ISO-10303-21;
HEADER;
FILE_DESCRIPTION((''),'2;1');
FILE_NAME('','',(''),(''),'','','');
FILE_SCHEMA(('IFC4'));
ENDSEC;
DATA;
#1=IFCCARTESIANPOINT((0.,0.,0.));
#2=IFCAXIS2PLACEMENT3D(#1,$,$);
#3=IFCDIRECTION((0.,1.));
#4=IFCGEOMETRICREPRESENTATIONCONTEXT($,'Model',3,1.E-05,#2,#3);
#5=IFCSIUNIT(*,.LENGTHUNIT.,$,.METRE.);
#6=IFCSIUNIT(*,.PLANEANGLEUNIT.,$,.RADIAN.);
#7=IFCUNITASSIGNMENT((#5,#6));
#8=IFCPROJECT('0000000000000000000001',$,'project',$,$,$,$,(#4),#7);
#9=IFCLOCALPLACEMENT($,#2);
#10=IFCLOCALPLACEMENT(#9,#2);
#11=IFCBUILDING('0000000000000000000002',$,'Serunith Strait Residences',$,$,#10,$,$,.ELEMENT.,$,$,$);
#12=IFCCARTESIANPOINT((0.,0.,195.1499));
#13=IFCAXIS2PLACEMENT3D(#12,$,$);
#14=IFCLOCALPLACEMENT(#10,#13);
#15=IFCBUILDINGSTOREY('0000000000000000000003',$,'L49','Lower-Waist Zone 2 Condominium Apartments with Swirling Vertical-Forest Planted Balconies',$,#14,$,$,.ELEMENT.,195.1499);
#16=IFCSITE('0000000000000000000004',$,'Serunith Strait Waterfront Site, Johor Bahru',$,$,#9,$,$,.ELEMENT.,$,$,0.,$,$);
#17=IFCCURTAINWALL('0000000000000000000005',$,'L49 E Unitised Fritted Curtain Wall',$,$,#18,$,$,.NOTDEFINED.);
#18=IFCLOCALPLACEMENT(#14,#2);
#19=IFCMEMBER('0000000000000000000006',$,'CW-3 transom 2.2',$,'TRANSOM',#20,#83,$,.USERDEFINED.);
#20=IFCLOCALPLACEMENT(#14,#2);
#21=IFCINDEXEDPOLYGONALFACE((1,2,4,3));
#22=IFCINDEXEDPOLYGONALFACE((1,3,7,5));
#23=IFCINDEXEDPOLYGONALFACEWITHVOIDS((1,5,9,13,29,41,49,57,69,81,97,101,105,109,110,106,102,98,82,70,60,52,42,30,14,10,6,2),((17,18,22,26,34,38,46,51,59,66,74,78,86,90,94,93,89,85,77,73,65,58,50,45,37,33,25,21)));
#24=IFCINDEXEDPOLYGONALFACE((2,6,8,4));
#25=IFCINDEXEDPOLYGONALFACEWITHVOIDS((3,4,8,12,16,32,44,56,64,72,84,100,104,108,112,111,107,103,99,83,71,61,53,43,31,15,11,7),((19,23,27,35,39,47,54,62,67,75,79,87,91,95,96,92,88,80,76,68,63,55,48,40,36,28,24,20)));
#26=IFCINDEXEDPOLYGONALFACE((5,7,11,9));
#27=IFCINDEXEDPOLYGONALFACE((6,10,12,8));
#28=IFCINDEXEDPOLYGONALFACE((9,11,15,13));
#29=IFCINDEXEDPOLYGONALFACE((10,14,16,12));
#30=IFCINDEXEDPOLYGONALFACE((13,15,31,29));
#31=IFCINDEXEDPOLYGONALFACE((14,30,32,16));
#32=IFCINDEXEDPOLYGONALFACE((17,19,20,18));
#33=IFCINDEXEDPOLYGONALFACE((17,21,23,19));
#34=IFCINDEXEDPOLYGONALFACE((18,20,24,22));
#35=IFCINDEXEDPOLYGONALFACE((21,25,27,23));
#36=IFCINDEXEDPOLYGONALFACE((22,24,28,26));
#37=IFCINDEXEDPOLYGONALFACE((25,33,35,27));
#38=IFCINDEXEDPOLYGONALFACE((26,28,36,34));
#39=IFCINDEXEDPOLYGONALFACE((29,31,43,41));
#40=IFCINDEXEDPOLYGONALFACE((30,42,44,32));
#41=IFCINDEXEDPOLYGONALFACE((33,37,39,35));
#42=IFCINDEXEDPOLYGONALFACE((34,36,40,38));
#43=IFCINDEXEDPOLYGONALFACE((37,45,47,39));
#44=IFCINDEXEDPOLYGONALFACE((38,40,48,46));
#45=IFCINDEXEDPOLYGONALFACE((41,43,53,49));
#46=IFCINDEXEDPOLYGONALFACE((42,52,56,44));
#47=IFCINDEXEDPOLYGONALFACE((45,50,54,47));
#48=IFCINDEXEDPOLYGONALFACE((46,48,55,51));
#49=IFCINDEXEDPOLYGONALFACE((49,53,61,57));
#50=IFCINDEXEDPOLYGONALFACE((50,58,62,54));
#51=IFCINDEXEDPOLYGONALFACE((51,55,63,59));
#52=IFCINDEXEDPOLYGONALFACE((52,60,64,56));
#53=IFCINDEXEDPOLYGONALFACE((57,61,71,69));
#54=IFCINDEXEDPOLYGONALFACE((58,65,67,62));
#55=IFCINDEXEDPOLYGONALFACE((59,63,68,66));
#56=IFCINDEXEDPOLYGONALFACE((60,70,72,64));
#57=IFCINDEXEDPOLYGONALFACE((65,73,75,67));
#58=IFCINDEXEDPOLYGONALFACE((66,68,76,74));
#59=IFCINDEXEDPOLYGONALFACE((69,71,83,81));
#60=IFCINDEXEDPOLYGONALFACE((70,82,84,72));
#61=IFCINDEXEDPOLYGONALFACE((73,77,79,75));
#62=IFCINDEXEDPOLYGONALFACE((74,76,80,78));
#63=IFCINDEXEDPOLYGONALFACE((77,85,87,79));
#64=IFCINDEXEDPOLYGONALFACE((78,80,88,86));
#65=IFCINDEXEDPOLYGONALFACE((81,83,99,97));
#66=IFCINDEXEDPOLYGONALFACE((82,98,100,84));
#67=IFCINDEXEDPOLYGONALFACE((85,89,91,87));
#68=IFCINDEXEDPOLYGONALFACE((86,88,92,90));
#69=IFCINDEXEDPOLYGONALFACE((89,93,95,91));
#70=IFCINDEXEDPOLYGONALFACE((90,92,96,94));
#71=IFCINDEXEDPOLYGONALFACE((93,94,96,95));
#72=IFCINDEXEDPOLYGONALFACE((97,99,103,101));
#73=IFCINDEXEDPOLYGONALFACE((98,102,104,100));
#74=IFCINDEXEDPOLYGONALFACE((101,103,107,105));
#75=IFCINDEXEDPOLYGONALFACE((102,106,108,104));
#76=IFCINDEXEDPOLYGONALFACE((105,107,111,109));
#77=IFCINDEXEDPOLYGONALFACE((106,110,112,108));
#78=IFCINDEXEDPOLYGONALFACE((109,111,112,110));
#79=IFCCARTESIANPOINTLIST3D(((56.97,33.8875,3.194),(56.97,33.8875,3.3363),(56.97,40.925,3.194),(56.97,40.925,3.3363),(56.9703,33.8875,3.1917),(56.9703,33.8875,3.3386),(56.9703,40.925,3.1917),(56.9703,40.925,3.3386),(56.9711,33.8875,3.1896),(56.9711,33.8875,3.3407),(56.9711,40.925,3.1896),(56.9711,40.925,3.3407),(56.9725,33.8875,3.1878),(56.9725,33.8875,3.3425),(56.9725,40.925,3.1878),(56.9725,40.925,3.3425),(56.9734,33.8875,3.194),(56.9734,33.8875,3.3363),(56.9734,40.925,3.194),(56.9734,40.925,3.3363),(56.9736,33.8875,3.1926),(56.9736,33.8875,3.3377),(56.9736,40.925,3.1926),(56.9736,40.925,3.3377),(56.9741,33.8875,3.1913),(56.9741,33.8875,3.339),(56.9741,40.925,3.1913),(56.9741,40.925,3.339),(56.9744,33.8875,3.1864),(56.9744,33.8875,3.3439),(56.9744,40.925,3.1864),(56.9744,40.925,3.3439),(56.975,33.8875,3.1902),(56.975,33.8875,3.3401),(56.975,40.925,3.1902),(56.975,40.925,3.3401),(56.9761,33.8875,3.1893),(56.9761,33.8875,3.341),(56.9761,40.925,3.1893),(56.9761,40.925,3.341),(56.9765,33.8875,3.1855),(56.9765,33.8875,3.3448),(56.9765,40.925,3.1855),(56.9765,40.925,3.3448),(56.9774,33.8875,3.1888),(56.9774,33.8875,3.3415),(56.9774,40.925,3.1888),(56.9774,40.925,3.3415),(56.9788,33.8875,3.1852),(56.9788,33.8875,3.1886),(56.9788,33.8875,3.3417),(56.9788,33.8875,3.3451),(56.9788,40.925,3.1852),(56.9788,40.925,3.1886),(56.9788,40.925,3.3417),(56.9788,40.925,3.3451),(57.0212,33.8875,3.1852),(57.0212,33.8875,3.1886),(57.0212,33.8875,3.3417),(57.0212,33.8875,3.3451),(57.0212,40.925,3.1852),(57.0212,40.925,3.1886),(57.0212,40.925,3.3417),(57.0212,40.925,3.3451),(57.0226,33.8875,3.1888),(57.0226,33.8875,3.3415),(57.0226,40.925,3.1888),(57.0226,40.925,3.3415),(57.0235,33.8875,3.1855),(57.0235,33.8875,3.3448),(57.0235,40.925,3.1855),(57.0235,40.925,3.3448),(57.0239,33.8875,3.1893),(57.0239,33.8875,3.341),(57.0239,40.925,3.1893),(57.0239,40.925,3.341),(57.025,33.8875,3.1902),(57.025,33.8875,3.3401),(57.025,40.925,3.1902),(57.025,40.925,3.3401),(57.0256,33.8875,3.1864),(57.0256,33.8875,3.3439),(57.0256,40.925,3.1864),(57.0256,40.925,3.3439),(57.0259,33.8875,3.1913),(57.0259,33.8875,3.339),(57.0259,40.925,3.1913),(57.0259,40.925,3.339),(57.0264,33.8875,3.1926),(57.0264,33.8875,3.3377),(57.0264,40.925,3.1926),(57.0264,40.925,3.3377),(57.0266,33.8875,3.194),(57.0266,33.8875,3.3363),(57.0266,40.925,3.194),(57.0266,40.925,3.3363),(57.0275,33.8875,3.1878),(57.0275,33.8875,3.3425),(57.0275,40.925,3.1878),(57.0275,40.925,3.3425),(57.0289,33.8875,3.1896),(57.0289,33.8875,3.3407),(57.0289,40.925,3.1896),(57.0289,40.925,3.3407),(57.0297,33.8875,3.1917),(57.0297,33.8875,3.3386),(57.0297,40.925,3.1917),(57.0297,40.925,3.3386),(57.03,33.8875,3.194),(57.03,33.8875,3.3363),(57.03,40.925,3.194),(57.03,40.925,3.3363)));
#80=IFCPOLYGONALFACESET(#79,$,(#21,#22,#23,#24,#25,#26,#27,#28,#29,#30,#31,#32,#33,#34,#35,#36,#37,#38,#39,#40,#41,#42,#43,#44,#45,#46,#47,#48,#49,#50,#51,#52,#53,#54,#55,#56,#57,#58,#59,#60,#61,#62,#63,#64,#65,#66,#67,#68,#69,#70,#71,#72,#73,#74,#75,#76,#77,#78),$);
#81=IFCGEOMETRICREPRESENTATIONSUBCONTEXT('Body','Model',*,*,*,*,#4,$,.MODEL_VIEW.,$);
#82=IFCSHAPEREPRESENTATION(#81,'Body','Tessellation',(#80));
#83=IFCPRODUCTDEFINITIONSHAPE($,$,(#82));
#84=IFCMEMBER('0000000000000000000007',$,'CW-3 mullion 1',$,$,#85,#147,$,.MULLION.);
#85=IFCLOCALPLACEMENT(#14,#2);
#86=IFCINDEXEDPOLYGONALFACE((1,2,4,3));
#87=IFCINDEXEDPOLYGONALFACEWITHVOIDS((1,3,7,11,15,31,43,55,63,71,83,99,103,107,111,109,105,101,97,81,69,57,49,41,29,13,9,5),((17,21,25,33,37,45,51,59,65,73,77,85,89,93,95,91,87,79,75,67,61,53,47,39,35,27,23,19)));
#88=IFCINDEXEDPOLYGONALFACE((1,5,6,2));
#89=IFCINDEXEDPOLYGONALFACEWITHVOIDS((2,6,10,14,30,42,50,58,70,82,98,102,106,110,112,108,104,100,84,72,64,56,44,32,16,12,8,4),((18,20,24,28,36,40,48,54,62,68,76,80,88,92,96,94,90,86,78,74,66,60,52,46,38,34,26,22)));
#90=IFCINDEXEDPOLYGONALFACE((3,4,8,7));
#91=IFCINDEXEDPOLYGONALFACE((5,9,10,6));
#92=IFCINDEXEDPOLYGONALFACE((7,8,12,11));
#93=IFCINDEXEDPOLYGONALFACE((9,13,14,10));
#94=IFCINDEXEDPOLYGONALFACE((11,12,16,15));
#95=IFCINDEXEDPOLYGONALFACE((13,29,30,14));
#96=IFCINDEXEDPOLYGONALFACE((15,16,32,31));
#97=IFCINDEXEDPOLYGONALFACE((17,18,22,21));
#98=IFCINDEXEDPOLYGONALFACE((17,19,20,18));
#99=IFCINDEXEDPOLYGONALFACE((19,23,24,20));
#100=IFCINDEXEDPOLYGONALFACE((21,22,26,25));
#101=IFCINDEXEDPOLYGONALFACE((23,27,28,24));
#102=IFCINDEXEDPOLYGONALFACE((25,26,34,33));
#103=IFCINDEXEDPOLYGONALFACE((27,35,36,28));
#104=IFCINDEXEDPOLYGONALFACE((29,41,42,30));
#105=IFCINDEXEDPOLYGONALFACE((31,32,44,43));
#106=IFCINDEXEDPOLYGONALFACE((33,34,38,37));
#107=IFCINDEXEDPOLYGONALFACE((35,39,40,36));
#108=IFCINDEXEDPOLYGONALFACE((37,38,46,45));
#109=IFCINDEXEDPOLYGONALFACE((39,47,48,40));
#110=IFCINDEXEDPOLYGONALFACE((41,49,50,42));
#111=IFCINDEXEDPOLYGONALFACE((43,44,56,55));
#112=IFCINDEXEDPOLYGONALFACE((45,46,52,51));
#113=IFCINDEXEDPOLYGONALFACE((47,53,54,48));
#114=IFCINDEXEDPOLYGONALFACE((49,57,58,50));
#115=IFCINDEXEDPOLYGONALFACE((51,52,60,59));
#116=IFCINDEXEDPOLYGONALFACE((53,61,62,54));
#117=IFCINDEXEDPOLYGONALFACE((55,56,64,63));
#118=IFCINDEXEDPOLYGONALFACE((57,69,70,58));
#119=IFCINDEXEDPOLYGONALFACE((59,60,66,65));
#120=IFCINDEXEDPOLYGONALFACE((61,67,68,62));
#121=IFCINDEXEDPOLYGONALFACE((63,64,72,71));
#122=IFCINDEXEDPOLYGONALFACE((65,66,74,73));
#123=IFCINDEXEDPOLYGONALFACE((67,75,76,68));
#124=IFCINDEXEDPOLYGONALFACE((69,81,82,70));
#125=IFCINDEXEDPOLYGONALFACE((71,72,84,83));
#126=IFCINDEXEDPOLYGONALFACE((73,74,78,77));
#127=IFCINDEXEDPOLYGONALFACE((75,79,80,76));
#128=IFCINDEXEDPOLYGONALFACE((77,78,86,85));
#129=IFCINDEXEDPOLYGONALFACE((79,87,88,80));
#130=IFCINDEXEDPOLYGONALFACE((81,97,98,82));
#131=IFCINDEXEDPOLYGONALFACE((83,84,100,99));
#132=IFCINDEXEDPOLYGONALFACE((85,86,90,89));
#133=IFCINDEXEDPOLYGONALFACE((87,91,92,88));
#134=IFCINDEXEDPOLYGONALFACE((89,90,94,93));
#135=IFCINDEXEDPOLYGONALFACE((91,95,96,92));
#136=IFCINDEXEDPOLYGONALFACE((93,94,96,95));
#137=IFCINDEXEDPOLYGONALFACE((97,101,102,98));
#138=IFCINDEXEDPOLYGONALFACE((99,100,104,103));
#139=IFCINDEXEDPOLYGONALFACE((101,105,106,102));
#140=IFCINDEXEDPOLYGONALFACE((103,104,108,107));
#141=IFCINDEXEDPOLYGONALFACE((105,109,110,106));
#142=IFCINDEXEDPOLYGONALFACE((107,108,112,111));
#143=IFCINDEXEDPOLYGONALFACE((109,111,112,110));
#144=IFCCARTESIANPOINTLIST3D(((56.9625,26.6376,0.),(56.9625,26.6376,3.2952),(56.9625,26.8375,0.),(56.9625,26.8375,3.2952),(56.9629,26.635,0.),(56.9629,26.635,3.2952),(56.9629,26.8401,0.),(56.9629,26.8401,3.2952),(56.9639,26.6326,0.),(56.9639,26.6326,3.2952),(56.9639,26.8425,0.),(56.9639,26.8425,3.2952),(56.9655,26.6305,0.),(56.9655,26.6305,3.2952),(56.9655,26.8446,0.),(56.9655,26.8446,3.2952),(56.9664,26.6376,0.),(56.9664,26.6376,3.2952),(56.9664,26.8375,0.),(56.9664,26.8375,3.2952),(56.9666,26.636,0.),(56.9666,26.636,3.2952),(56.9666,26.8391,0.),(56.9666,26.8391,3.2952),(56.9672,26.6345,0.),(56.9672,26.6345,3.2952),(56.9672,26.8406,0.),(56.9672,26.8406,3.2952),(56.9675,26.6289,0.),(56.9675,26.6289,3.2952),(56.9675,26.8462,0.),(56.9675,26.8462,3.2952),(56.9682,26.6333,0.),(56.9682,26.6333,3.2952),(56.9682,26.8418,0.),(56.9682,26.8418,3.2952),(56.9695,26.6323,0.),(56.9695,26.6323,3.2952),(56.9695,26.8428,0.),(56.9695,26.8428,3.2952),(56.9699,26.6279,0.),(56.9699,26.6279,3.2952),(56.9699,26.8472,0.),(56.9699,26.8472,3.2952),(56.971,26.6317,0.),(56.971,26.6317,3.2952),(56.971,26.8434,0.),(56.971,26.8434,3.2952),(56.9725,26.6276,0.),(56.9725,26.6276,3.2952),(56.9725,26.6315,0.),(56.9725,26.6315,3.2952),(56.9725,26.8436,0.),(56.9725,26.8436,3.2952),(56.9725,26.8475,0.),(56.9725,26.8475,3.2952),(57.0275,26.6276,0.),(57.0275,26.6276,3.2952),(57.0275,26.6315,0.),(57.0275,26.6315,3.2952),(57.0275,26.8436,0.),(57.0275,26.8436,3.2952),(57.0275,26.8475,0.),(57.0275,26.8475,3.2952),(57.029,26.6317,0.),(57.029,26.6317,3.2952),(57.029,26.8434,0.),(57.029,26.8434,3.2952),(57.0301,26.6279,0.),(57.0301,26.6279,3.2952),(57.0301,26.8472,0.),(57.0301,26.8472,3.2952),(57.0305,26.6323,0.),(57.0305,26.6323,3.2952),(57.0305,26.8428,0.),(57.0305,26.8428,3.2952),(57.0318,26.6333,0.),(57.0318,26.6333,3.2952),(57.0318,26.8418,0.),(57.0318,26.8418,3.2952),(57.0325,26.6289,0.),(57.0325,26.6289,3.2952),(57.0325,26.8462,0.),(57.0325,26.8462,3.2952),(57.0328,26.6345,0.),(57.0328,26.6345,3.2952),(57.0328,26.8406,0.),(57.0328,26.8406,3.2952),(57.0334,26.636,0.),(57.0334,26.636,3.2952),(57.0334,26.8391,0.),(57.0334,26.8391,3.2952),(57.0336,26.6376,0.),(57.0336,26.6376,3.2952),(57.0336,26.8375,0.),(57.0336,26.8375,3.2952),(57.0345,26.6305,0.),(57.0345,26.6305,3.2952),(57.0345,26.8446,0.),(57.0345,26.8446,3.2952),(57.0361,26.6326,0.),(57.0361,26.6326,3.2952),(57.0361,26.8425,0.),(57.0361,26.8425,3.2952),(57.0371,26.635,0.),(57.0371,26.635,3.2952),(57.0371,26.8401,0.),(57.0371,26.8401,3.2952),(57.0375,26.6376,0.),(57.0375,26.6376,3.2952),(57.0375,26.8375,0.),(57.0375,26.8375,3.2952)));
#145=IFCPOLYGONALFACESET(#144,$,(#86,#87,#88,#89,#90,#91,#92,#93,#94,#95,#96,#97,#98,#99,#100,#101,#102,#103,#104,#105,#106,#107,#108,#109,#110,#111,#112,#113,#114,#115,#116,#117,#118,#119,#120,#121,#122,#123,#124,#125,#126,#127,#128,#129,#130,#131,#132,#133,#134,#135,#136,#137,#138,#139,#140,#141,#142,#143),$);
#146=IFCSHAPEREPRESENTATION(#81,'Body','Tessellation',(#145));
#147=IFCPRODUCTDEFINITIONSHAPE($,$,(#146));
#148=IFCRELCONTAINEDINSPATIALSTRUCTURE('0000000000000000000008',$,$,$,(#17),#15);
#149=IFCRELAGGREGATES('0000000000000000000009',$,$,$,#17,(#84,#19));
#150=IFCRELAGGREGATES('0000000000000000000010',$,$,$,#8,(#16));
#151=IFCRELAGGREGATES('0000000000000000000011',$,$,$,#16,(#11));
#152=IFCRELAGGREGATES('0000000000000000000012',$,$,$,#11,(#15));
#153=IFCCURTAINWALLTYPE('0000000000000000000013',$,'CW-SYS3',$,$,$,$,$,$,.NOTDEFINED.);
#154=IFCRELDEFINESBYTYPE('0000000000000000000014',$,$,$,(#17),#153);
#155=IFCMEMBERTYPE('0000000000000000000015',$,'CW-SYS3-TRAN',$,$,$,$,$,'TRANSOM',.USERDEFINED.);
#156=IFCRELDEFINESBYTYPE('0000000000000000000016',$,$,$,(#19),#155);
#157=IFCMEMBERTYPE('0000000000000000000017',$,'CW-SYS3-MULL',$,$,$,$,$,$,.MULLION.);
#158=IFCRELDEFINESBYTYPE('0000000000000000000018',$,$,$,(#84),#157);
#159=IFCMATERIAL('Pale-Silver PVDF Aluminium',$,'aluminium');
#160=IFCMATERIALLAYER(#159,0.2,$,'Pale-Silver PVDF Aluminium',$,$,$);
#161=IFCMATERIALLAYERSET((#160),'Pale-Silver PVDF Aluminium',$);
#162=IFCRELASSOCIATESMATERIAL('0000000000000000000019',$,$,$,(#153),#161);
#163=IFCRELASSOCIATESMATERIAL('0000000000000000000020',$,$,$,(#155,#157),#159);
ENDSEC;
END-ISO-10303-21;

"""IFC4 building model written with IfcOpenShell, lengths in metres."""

from ifc_helpers import new_model, si_unit, direction, frame, origin, origin_2d, place, context, subcontext, project, spatial, hollow_rectangle, extrude, source, transform, mapped, material, layer, layer_set, material_profile, profile_set, type_object, element, aggregate, save


model = new_model("IFC4")

# Units and contexts
model_context = context("Model", 3, precision=1e-05, world=origin(), true_north=direction((0.0, 1.0)))
body_context = subcontext(model_context, "Body", "Model", "MODEL_VIEW")
ifc_project = project(units=[si_unit("LENGTHUNIT", "METRE"), si_unit("PLANEANGLEUNIT", "RADIAN")], contexts=[model_context])

# Site, building, storey
site_placement = place(None, origin())
site = spatial("IfcSite", under=ifc_project, at=site_placement, Name="Serunith Strait Waterfront Site, Johor Bahru", CompositionType="ELEMENT", RefElevation=0.0)
building_placement = place(site_placement, origin())
building = spatial("IfcBuilding", under=site, at=building_placement, Name="Serunith Strait Residences", CompositionType="ELEMENT")
storey_placement = place(building_placement, frame((0.0, 0.0, 195.1499)))
storey = spatial("IfcBuildingStorey", under=building, at=storey_placement, Name="L49", Description="Lower-Waist Zone 2 Condominium Apartments with Swirling Vertical-Forest Planted Balconies", CompositionType="ELEMENT", Elevation=195.1499)

# Curtain wall, members
ifc_material_1 = material(Name="Pale-Silver PVDF Aluminium", Category="aluminium")
ifc_layer_1 = layer(ifc_material_1, 0.2, Name="Pale-Silver PVDF Aluminium")
ifc_layer_set_1 = layer_set([ifc_layer_1], Name="Pale-Silver PVDF Aluminium")
curtain_wall_type = type_object("IfcCurtainWallType", Name="CW-SYS3", PredefinedType="NOTDEFINED", material=ifc_layer_set_1)
curtain_wall_placement = place(storey_placement, origin())
curtain_wall = element("IfcCurtainWall", 1, at=curtain_wall_placement, inside=storey, type_object=curtain_wall_type, Name="L49 E Unitised Fritted Curtain Wall", PredefinedType="NOTDEFINED")
ifc_material_profile_1 = material_profile(ifc_material_1, hollow_rectangle(XDim=0.0601, YDim=0.1599, WallThickness=0.0034, InnerFilletRadius=0.0054, OuterFilletRadius=0.0088, at=origin_2d()), Name="ALU 160x60x3.5")
ifc_profile_set_1 = profile_set([ifc_material_profile_1], Name="Pale-Silver PVDF Aluminium")
member_type_1 = type_object("IfcMemberType", Name="CW-SYS3-TRAN", ElementType="TRANSOM", PredefinedType="USERDEFINED", material=ifc_profile_set_1)
shared_shape_1 = source(origin(), body_context, "Body", "SweptSolid", [
    extrude(hollow_rectangle(XDim=0.0601, YDim=0.1599, WallThickness=0.0034, InnerFilletRadius=0.0054, OuterFilletRadius=0.0088, at=origin_2d()), origin(), (0.0, 0.0, 1.0), 7.0376),
])
member_1_placement = place(storey_placement, frame((57.0, 33.8875, 3.2651), z_axis=(0.0, 1.0, 0.0), x_axis=(-1.0, 0.0, 0.0)))
member_1 = element("IfcMember", 2, at=member_1_placement, type_object=member_type_1, Name="CW-3 transom 2.2", ObjectType="TRANSOM", PredefinedType="USERDEFINED", context=body_context, shape_type="MappedRepresentation", body=[
    mapped(shared_shape_1, transform((0.0, 0.0, 0.0), scale=1.0)),
])
ifc_material_profile_2 = material_profile(ifc_material_1, hollow_rectangle(XDim=0.075, YDim=0.22, WallThickness=0.0039, InnerFilletRadius=0.0061, OuterFilletRadius=0.01, at=origin_2d()), Name="ALU 220x75x4")
ifc_profile_set_2 = profile_set([ifc_material_profile_2], Name="Pale-Silver PVDF Aluminium")
member_type_2 = type_object("IfcMemberType", Name="CW-SYS3-MULL", PredefinedType="MULLION", material=ifc_profile_set_2)
shared_shape_2 = source(origin(), body_context, "Body", "SweptSolid", [
    extrude(hollow_rectangle(XDim=0.075, YDim=0.22, WallThickness=0.0039, InnerFilletRadius=0.0061, OuterFilletRadius=0.01, at=origin_2d()), origin(), (0.0, 0.0, 1.0), 3.2952),
])
member_2_placement = place(storey_placement, frame((57.0, 26.7375, 0.0), z_axis=(0.0, 0.0, 1.0), x_axis=(-1.0, 0.0, 0.0)))
member_2 = element("IfcMember", 3, at=member_2_placement, type_object=member_type_2, Name="CW-3 mullion 1", PredefinedType="MULLION", context=body_context, shape_type="MappedRepresentation", body=[
    mapped(shared_shape_2, transform((0.0, 0.0, 0.0), scale=1.0)),
])
aggregate(curtain_wall, [member_2, member_1])

save(model, "model.ifc")
